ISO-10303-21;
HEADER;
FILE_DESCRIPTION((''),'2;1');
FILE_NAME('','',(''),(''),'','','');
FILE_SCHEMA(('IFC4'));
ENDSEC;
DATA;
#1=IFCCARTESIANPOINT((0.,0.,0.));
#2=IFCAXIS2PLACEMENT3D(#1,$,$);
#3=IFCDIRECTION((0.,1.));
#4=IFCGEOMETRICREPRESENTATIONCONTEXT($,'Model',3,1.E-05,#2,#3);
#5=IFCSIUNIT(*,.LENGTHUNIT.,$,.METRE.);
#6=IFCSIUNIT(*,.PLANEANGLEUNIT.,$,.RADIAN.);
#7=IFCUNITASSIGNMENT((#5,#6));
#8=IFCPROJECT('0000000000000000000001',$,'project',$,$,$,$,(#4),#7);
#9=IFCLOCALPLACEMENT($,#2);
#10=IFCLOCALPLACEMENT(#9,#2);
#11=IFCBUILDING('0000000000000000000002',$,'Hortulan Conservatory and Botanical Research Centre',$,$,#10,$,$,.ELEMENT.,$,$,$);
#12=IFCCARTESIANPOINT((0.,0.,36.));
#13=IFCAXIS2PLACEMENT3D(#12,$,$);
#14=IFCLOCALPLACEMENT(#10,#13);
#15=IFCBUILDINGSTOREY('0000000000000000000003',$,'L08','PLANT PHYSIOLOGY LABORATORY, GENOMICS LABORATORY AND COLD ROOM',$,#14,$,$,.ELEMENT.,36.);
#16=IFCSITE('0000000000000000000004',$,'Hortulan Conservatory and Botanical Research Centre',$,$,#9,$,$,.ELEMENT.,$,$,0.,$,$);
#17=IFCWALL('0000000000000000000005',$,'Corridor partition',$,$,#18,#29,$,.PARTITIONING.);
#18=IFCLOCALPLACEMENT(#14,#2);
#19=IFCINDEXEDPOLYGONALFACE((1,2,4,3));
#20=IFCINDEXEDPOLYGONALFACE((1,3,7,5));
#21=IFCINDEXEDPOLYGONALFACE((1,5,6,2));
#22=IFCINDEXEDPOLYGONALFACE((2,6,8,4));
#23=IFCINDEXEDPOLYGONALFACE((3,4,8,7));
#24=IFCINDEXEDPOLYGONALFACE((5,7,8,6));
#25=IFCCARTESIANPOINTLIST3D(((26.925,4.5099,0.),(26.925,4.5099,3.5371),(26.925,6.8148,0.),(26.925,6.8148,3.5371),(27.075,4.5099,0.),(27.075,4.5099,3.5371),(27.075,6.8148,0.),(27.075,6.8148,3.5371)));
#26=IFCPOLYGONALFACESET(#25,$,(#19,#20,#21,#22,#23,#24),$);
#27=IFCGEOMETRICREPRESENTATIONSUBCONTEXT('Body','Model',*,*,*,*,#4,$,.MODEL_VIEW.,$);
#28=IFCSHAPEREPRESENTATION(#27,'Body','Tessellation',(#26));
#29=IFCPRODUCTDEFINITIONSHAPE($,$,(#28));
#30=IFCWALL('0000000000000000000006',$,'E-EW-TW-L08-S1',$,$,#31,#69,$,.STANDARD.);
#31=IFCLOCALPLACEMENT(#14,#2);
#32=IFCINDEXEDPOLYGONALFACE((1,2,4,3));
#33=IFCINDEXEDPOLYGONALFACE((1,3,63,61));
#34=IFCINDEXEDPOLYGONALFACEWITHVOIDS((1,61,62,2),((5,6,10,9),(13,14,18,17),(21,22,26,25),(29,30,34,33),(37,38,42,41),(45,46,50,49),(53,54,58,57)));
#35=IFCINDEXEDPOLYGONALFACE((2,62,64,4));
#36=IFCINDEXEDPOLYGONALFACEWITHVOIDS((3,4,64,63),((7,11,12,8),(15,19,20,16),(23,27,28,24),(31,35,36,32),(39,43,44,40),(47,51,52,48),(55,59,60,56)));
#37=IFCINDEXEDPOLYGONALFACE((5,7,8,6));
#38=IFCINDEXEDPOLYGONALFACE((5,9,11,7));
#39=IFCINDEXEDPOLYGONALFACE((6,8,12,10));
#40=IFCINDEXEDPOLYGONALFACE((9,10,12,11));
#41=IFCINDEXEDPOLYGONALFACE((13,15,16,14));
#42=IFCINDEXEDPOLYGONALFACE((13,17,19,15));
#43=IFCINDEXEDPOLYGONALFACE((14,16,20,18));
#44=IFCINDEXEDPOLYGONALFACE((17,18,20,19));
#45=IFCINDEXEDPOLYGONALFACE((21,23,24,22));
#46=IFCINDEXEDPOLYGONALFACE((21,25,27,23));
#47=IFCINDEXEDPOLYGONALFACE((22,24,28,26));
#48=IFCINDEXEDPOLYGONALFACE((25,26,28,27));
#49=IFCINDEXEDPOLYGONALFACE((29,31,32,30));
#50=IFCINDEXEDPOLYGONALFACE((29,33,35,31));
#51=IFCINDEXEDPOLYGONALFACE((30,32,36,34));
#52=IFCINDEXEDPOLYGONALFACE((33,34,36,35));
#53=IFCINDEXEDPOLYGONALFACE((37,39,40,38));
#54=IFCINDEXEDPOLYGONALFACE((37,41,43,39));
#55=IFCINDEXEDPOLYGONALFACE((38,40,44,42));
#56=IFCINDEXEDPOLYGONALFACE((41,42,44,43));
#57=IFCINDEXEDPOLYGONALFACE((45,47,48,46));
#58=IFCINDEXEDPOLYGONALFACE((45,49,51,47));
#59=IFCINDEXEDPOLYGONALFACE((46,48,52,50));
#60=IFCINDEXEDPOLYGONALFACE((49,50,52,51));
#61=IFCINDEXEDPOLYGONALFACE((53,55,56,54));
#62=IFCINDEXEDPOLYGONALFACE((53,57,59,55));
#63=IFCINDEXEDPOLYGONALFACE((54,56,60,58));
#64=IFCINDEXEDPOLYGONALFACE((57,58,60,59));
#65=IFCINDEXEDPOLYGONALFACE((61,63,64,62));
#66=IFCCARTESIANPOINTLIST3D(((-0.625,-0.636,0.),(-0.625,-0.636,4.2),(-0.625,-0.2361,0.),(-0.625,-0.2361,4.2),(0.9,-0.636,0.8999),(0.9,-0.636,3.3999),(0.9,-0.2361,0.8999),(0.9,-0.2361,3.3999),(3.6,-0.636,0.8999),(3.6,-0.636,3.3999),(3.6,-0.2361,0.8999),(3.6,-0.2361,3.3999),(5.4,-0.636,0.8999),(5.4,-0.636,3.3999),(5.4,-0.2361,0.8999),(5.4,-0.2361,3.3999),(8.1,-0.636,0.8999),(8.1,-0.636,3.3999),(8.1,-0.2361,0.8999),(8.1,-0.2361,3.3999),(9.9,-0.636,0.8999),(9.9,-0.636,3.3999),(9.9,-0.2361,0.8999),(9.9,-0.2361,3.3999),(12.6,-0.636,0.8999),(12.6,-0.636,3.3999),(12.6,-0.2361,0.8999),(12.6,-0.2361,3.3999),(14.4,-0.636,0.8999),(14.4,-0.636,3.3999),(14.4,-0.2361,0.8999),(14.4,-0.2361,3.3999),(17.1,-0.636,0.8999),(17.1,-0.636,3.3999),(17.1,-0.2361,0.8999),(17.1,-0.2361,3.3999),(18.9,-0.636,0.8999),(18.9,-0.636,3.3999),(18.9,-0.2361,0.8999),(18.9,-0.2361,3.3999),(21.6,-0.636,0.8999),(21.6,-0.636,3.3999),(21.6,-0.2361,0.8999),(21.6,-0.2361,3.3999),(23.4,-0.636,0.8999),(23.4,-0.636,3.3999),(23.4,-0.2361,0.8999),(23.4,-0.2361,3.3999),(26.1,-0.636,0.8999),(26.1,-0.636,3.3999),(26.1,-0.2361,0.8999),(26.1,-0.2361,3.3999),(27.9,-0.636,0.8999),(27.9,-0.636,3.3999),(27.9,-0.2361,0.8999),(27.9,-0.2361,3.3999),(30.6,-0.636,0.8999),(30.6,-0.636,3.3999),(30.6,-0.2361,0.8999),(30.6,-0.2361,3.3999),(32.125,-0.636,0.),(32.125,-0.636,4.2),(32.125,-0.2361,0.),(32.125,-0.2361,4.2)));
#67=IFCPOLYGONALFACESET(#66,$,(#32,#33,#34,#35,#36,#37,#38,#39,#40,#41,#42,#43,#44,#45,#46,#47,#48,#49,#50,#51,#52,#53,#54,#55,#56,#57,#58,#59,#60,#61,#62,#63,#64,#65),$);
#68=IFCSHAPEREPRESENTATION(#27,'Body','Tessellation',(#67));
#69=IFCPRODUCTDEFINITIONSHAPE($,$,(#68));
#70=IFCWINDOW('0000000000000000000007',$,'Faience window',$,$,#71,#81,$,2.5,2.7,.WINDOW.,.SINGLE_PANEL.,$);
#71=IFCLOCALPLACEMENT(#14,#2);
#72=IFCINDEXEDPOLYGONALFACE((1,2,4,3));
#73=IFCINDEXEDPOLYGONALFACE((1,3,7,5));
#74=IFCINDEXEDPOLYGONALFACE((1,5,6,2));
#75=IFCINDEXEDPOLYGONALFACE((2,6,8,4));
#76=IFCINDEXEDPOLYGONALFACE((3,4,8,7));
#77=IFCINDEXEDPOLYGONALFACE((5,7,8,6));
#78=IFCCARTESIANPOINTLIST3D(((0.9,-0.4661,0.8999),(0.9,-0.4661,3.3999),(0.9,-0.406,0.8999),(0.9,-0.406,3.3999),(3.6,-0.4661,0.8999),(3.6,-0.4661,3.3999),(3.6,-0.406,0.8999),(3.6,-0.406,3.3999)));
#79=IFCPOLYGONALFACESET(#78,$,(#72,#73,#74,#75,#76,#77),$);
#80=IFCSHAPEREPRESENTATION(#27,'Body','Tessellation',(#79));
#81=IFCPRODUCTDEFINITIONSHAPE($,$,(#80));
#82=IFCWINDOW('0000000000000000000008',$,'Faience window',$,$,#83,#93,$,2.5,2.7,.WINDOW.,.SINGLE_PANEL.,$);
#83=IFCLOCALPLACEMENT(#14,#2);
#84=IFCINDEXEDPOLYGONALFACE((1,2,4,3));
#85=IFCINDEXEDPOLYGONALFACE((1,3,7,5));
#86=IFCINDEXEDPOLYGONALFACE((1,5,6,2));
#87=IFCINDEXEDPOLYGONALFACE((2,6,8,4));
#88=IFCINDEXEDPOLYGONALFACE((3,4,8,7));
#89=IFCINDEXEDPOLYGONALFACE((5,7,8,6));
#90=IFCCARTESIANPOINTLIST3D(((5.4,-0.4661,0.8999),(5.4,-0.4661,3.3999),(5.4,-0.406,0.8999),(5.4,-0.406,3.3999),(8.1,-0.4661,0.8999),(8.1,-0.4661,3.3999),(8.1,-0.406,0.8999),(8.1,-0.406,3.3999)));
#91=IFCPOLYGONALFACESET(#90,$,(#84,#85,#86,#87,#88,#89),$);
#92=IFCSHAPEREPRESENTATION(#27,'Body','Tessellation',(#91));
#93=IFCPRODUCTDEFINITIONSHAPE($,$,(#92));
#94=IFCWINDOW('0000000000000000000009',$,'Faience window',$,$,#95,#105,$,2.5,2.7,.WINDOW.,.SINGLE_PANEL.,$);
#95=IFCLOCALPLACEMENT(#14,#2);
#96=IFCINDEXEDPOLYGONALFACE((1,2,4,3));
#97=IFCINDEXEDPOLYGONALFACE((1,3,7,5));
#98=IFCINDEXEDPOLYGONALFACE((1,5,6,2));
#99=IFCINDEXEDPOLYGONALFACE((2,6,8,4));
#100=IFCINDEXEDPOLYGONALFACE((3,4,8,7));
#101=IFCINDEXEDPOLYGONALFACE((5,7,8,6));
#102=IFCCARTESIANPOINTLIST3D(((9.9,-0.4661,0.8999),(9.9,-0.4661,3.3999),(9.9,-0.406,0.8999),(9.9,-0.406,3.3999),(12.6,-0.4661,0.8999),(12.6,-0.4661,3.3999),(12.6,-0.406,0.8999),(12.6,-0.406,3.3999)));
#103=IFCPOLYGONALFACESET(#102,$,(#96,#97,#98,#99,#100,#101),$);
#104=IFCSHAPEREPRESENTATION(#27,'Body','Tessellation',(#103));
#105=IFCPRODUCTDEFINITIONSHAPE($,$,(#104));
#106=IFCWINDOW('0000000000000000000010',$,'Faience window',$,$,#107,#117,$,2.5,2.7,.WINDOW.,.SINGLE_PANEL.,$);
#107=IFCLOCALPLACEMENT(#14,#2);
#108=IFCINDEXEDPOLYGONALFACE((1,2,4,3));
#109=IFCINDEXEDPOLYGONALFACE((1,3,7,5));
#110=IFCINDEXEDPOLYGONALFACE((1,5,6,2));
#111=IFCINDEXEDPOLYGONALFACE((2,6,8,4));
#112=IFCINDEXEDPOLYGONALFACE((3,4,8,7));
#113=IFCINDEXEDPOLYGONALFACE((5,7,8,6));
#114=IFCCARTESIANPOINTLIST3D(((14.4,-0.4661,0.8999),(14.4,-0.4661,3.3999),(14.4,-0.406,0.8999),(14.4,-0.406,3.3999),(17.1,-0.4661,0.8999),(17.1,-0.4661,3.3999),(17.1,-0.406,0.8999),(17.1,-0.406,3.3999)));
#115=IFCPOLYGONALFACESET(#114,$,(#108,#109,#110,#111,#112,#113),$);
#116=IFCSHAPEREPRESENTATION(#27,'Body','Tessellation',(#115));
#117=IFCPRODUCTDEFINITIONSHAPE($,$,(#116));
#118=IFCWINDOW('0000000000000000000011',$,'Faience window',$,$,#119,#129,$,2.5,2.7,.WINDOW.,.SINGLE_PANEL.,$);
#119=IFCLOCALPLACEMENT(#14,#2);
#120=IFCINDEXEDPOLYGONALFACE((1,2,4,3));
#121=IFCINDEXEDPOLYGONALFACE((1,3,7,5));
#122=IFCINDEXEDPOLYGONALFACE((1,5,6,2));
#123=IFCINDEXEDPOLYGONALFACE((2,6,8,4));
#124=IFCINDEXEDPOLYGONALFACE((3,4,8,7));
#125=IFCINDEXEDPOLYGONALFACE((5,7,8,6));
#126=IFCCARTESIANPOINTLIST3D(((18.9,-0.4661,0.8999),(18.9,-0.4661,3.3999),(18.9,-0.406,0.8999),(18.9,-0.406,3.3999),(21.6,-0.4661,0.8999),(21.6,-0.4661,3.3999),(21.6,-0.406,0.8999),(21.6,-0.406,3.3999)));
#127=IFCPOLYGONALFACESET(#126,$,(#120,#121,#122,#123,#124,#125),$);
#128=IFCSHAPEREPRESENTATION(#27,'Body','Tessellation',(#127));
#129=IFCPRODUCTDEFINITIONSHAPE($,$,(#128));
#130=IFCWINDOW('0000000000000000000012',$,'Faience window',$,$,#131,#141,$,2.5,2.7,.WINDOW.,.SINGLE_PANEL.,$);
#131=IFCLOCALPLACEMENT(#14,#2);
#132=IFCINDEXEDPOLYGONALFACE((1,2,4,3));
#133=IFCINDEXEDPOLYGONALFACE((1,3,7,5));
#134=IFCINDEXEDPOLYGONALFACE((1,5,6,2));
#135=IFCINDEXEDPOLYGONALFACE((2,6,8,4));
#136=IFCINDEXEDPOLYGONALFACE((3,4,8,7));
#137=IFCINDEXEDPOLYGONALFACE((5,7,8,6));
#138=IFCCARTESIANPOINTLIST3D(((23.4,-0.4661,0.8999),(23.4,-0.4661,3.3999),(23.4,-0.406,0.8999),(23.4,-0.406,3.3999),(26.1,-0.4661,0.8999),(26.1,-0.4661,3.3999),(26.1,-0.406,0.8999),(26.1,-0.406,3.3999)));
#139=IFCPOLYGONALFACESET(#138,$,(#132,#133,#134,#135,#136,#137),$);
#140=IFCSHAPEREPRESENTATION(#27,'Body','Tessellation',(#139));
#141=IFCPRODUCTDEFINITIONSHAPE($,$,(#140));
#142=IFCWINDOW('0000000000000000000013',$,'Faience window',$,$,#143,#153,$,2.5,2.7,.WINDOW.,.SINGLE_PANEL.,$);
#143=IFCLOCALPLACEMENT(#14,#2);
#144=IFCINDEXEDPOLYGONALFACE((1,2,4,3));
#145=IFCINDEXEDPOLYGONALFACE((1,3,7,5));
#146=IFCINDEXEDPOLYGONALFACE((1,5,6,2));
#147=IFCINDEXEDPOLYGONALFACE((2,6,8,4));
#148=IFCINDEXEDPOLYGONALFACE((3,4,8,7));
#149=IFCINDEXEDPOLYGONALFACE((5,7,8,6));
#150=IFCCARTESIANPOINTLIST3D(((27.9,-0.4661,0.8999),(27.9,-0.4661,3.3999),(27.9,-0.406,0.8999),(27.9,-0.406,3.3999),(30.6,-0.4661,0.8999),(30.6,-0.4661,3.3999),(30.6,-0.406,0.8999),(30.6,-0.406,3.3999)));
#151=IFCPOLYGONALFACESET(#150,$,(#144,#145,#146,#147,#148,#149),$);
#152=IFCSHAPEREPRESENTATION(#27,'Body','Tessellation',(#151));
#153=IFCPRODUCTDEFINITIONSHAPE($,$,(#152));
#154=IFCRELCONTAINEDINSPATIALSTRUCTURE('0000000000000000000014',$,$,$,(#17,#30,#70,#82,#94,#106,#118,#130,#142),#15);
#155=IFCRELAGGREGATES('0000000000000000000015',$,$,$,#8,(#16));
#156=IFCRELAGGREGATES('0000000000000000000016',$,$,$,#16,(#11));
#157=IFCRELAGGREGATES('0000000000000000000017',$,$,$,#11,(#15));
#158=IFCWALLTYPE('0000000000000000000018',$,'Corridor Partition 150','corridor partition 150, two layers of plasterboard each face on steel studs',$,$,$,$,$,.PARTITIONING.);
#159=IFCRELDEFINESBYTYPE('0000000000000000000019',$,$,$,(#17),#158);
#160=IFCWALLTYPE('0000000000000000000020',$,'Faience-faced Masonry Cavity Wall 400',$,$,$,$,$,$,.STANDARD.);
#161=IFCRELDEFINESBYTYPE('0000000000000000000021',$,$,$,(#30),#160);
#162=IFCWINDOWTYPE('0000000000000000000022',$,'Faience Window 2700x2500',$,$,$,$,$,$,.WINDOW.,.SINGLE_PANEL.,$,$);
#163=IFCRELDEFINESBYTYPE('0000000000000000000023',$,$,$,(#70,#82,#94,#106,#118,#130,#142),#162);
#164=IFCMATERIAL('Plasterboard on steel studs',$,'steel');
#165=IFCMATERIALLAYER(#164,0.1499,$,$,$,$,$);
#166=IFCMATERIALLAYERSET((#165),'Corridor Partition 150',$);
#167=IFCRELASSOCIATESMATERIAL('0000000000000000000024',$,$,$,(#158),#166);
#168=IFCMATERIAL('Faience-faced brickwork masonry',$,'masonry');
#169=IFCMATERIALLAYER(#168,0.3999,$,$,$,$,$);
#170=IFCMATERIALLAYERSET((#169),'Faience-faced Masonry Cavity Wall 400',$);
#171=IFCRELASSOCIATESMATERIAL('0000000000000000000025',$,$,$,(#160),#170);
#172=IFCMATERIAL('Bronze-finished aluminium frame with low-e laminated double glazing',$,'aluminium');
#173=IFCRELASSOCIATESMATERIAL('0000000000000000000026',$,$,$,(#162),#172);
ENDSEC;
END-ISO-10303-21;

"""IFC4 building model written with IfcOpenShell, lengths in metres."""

from ifc_helpers import new_model, si_unit, direction, frame, frame_2d, origin, place, context, subcontext, project, spatial, rectangle, extrude, material, layer, layer_set, type_object, element, fill, save


model = new_model("IFC4")

# Units and contexts
model_context = context("Model", 3, precision=1e-05, world=origin(), true_north=direction((0.0, 1.0)))
body_context = subcontext(model_context, "Body", "Model", "MODEL_VIEW")
ifc_project = project(units=[si_unit("LENGTHUNIT", "METRE"), si_unit("PLANEANGLEUNIT", "RADIAN")], contexts=[model_context])

# Site, building, storey
site_placement = place(None, origin())
site = spatial("IfcSite", under=ifc_project, at=site_placement, Name="Hortulan Conservatory and Botanical Research Centre", CompositionType="ELEMENT", RefElevation=0.0)
building_placement = place(site_placement, origin())
building = spatial("IfcBuilding", under=site, at=building_placement, Name="Hortulan Conservatory and Botanical Research Centre", CompositionType="ELEMENT")
storey_placement = place(building_placement, frame((0.0, 0.0, 36.0)))
storey = spatial("IfcBuildingStorey", under=building, at=storey_placement, Name="L08", Description="PLANT PHYSIOLOGY LABORATORY, GENOMICS LABORATORY AND COLD ROOM", CompositionType="ELEMENT", Elevation=36.0)

# Wall
ifc_material_1 = material(Name="Plasterboard on steel studs", Category="steel")
ifc_layer_1 = layer(ifc_material_1, 0.1499)
ifc_layer_set_1 = layer_set([ifc_layer_1], Name="Corridor Partition 150")
wall_type_1 = type_object("IfcWallType", Name="Corridor Partition 150", Description="corridor partition 150, two layers of plasterboard each face on steel studs", PredefinedType="PARTITIONING", material=ifc_layer_set_1)
wall_1_placement = place(storey_placement, frame((27.0, 4.51, 0.0), z_axis=(0.0, 0.0, 1.0), x_axis=(0.0, 1.0, 0.0)))
element("IfcWall", 1, at=wall_1_placement, inside=storey, type_object=wall_type_1, Name="Corridor partition", PredefinedType="PARTITIONING", context=body_context, shape_type="SweptSolid", body=[
    extrude(rectangle(XDim=2.3049, YDim=0.1499, at=frame_2d((1.1523, 0.0))), origin(), (0.0, 0.0, 1.0), 3.5371),
])

# Wall, openings, windows
ifc_material_2 = material(Name="Faience-faced brickwork masonry", Category="masonry")
ifc_layer_2 = layer(ifc_material_2, 0.3999)
ifc_layer_set_2 = layer_set([ifc_layer_2], Name="Faience-faced Masonry Cavity Wall 400")
wall_type_2 = type_object("IfcWallType", Name="Faience-faced Masonry Cavity Wall 400", PredefinedType="STANDARD", material=ifc_layer_set_2)
wall_2_placement = place(storey_placement, frame((32.125, -0.436, 0.0), z_axis=(0.0, 0.0, 1.0), x_axis=(-1.0, 0.0, 0.0)))
wall_2 = element("IfcWall", 2, at=wall_2_placement, inside=storey, type_object=wall_type_2, Name="E-EW-TW-L08-S1", PredefinedType="STANDARD", context=body_context, shape_type="SweptSolid", body=[
    extrude(rectangle(XDim=32.75, YDim=0.3999, at=frame_2d((16.375, 0.0))), origin(), (0.0, 0.0, 1.0), 4.2),
])
opening_1_placement = place(wall_2_placement, frame((28.5249, 0.0, 0.8999)))
opening_1 = element("IfcOpeningElement", 3, at=opening_1_placement, cuts=wall_2, PredefinedType="OPENING", context=body_context, shape_type="SweptSolid", body=[
    extrude(rectangle(XDim=2.7, YDim=2.5, at=frame_2d((1.3501, 1.25))), frame((0.0, 0.21, 0.0), z_axis=(0.0, -1.0, 0.0), x_axis=(1.0, 0.0, 0.0)), (0.0, 0.0, 1.0), 0.4199),
])
opening_2_placement = place(wall_2_placement, frame((24.0249, 0.0, 0.8999)))
opening_2 = element("IfcOpeningElement", 4, at=opening_2_placement, cuts=wall_2, PredefinedType="OPENING", context=body_context, shape_type="SweptSolid", body=[
    extrude(rectangle(XDim=2.7, YDim=2.5, at=frame_2d((1.3501, 1.25))), frame((0.0, 0.21, 0.0), z_axis=(0.0, -1.0, 0.0), x_axis=(1.0, 0.0, 0.0)), (0.0, 0.0, 1.0), 0.4199),
])
opening_3_placement = place(wall_2_placement, frame((19.5249, 0.0, 0.8999)))
opening_3 = element("IfcOpeningElement", 5, at=opening_3_placement, cuts=wall_2, PredefinedType="OPENING", context=body_context, shape_type="SweptSolid", body=[
    extrude(rectangle(XDim=2.7, YDim=2.5, at=frame_2d((1.3501, 1.25))), frame((0.0, 0.21, 0.0), z_axis=(0.0, -1.0, 0.0), x_axis=(1.0, 0.0, 0.0)), (0.0, 0.0, 1.0), 0.4199),
])
opening_4_placement = place(wall_2_placement, frame((15.0249, 0.0, 0.8999)))
opening_4 = element("IfcOpeningElement", 6, at=opening_4_placement, cuts=wall_2, PredefinedType="OPENING", context=body_context, shape_type="SweptSolid", body=[
    extrude(rectangle(XDim=2.7, YDim=2.5, at=frame_2d((1.3501, 1.25))), frame((0.0, 0.21, 0.0), z_axis=(0.0, -1.0, 0.0), x_axis=(1.0, 0.0, 0.0)), (0.0, 0.0, 1.0), 0.4199),
])
opening_5_placement = place(wall_2_placement, frame((10.5249, 0.0, 0.8999)))
opening_5 = element("IfcOpeningElement", 7, at=opening_5_placement, cuts=wall_2, PredefinedType="OPENING", context=body_context, shape_type="SweptSolid", body=[
    extrude(rectangle(XDim=2.7, YDim=2.5, at=frame_2d((1.3501, 1.25))), frame((0.0, 0.21, 0.0), z_axis=(0.0, -1.0, 0.0), x_axis=(1.0, 0.0, 0.0)), (0.0, 0.0, 1.0), 0.4199),
])
opening_6_placement = place(wall_2_placement, frame((6.0249, 0.0, 0.8999)))
opening_6 = element("IfcOpeningElement", 8, at=opening_6_placement, cuts=wall_2, PredefinedType="OPENING", context=body_context, shape_type="SweptSolid", body=[
    extrude(rectangle(XDim=2.7, YDim=2.5, at=frame_2d((1.3501, 1.25))), frame((0.0, 0.21, 0.0), z_axis=(0.0, -1.0, 0.0), x_axis=(1.0, 0.0, 0.0)), (0.0, 0.0, 1.0), 0.4199),
])
opening_7_placement = place(wall_2_placement, frame((1.5249, 0.0, 0.8999)))
opening_7 = element("IfcOpeningElement", 9, at=opening_7_placement, cuts=wall_2, PredefinedType="OPENING", context=body_context, shape_type="SweptSolid", body=[
    extrude(rectangle(XDim=2.7, YDim=2.5, at=frame_2d((1.3501, 1.25))), frame((0.0, 0.21, 0.0), z_axis=(0.0, -1.0, 0.0), x_axis=(1.0, 0.0, 0.0)), (0.0, 0.0, 1.0), 0.4199),
])
ifc_material_3 = material(Name="Bronze-finished aluminium frame with low-e laminated double glazing", Category="aluminium")
window_type = type_object("IfcWindowType", Name="Faience Window 2700x2500", PartitioningType="SINGLE_PANEL", PredefinedType="WINDOW", material=ifc_material_3)
window_1_placement = place(opening_1_placement, origin())
window_1 = element("IfcWindow", 10, at=window_1_placement, inside=storey, type_object=window_type, Name="Faience window", OverallHeight=2.5, OverallWidth=2.7, PartitioningType="SINGLE_PANEL", PredefinedType="WINDOW", context=body_context, shape_type="SweptSolid", body=[
    extrude(rectangle(XDim=2.7, YDim=2.5, at=frame_2d((1.3501, 1.25))), frame((0.0, 0.03, 0.0), z_axis=(0.0, -1.0, 0.0), x_axis=(1.0, 0.0, 0.0)), (0.0, 0.0, 1.0), 0.0601),
])
fill(opening_1, window_1)
window_2_placement = place(opening_2_placement, origin())
window_2 = element("IfcWindow", 11, at=window_2_placement, inside=storey, type_object=window_type, Name="Faience window", OverallHeight=2.5, OverallWidth=2.7, PartitioningType="SINGLE_PANEL", PredefinedType="WINDOW", context=body_context, shape_type="SweptSolid", body=[
    extrude(rectangle(XDim=2.7, YDim=2.5, at=frame_2d((1.3501, 1.25))), frame((0.0, 0.03, 0.0), z_axis=(0.0, -1.0, 0.0), x_axis=(1.0, 0.0, 0.0)), (0.0, 0.0, 1.0), 0.0601),
])
fill(opening_2, window_2)
window_3_placement = place(opening_3_placement, origin())
window_3 = element("IfcWindow", 12, at=window_3_placement, inside=storey, type_object=window_type, Name="Faience window", OverallHeight=2.5, OverallWidth=2.7, PartitioningType="SINGLE_PANEL", PredefinedType="WINDOW", context=body_context, shape_type="SweptSolid", body=[
    extrude(rectangle(XDim=2.7, YDim=2.5, at=frame_2d((1.3501, 1.25))), frame((0.0, 0.03, 0.0), z_axis=(0.0, -1.0, 0.0), x_axis=(1.0, 0.0, 0.0)), (0.0, 0.0, 1.0), 0.0601),
])
fill(opening_3, window_3)
window_4_placement = place(opening_4_placement, origin())
window_4 = element("IfcWindow", 13, at=window_4_placement, inside=storey, type_object=window_type, Name="Faience window", OverallHeight=2.5, OverallWidth=2.7, PartitioningType="SINGLE_PANEL", PredefinedType="WINDOW", context=body_context, shape_type="SweptSolid", body=[
    extrude(rectangle(XDim=2.7, YDim=2.5, at=frame_2d((1.3501, 1.25))), frame((0.0, 0.03, 0.0), z_axis=(0.0, -1.0, 0.0), x_axis=(1.0, 0.0, 0.0)), (0.0, 0.0, 1.0), 0.0601),
])
fill(opening_4, window_4)
window_5_placement = place(opening_5_placement, origin())
window_5 = element("IfcWindow", 14, at=window_5_placement, inside=storey, type_object=window_type, Name="Faience window", OverallHeight=2.5, OverallWidth=2.7, PartitioningType="SINGLE_PANEL", PredefinedType="WINDOW", context=body_context, shape_type="SweptSolid", body=[
    extrude(rectangle(XDim=2.7, YDim=2.5, at=frame_2d((1.3501, 1.25))), frame((0.0, 0.03, 0.0), z_axis=(0.0, -1.0, 0.0), x_axis=(1.0, 0.0, 0.0)), (0.0, 0.0, 1.0), 0.0601),
])
fill(opening_5, window_5)
window_6_placement = place(opening_6_placement, origin())
window_6 = element("IfcWindow", 15, at=window_6_placement, inside=storey, type_object=window_type, Name="Faience window", OverallHeight=2.5, OverallWidth=2.7, PartitioningType="SINGLE_PANEL", PredefinedType="WINDOW", context=body_context, shape_type="SweptSolid", body=[
    extrude(rectangle(XDim=2.7, YDim=2.5, at=frame_2d((1.3501, 1.25))), frame((0.0, 0.03, 0.0), z_axis=(0.0, -1.0, 0.0), x_axis=(1.0, 0.0, 0.0)), (0.0, 0.0, 1.0), 0.0601),
])
fill(opening_6, window_6)
window_7_placement = place(opening_7_placement, origin())
window_7 = element("IfcWindow", 16, at=window_7_placement, inside=storey, type_object=window_type, Name="Faience window", OverallHeight=2.5, OverallWidth=2.7, PartitioningType="SINGLE_PANEL", PredefinedType="WINDOW", context=body_context, shape_type="SweptSolid", body=[
    extrude(rectangle(XDim=2.7, YDim=2.5, at=frame_2d((1.3501, 1.25))), frame((0.0, 0.03, 0.0), z_axis=(0.0, -1.0, 0.0), x_axis=(1.0, 0.0, 0.0)), (0.0, 0.0, 1.0), 0.0601),
])
fill(opening_7, window_7)

save(model, "model.ifc")
